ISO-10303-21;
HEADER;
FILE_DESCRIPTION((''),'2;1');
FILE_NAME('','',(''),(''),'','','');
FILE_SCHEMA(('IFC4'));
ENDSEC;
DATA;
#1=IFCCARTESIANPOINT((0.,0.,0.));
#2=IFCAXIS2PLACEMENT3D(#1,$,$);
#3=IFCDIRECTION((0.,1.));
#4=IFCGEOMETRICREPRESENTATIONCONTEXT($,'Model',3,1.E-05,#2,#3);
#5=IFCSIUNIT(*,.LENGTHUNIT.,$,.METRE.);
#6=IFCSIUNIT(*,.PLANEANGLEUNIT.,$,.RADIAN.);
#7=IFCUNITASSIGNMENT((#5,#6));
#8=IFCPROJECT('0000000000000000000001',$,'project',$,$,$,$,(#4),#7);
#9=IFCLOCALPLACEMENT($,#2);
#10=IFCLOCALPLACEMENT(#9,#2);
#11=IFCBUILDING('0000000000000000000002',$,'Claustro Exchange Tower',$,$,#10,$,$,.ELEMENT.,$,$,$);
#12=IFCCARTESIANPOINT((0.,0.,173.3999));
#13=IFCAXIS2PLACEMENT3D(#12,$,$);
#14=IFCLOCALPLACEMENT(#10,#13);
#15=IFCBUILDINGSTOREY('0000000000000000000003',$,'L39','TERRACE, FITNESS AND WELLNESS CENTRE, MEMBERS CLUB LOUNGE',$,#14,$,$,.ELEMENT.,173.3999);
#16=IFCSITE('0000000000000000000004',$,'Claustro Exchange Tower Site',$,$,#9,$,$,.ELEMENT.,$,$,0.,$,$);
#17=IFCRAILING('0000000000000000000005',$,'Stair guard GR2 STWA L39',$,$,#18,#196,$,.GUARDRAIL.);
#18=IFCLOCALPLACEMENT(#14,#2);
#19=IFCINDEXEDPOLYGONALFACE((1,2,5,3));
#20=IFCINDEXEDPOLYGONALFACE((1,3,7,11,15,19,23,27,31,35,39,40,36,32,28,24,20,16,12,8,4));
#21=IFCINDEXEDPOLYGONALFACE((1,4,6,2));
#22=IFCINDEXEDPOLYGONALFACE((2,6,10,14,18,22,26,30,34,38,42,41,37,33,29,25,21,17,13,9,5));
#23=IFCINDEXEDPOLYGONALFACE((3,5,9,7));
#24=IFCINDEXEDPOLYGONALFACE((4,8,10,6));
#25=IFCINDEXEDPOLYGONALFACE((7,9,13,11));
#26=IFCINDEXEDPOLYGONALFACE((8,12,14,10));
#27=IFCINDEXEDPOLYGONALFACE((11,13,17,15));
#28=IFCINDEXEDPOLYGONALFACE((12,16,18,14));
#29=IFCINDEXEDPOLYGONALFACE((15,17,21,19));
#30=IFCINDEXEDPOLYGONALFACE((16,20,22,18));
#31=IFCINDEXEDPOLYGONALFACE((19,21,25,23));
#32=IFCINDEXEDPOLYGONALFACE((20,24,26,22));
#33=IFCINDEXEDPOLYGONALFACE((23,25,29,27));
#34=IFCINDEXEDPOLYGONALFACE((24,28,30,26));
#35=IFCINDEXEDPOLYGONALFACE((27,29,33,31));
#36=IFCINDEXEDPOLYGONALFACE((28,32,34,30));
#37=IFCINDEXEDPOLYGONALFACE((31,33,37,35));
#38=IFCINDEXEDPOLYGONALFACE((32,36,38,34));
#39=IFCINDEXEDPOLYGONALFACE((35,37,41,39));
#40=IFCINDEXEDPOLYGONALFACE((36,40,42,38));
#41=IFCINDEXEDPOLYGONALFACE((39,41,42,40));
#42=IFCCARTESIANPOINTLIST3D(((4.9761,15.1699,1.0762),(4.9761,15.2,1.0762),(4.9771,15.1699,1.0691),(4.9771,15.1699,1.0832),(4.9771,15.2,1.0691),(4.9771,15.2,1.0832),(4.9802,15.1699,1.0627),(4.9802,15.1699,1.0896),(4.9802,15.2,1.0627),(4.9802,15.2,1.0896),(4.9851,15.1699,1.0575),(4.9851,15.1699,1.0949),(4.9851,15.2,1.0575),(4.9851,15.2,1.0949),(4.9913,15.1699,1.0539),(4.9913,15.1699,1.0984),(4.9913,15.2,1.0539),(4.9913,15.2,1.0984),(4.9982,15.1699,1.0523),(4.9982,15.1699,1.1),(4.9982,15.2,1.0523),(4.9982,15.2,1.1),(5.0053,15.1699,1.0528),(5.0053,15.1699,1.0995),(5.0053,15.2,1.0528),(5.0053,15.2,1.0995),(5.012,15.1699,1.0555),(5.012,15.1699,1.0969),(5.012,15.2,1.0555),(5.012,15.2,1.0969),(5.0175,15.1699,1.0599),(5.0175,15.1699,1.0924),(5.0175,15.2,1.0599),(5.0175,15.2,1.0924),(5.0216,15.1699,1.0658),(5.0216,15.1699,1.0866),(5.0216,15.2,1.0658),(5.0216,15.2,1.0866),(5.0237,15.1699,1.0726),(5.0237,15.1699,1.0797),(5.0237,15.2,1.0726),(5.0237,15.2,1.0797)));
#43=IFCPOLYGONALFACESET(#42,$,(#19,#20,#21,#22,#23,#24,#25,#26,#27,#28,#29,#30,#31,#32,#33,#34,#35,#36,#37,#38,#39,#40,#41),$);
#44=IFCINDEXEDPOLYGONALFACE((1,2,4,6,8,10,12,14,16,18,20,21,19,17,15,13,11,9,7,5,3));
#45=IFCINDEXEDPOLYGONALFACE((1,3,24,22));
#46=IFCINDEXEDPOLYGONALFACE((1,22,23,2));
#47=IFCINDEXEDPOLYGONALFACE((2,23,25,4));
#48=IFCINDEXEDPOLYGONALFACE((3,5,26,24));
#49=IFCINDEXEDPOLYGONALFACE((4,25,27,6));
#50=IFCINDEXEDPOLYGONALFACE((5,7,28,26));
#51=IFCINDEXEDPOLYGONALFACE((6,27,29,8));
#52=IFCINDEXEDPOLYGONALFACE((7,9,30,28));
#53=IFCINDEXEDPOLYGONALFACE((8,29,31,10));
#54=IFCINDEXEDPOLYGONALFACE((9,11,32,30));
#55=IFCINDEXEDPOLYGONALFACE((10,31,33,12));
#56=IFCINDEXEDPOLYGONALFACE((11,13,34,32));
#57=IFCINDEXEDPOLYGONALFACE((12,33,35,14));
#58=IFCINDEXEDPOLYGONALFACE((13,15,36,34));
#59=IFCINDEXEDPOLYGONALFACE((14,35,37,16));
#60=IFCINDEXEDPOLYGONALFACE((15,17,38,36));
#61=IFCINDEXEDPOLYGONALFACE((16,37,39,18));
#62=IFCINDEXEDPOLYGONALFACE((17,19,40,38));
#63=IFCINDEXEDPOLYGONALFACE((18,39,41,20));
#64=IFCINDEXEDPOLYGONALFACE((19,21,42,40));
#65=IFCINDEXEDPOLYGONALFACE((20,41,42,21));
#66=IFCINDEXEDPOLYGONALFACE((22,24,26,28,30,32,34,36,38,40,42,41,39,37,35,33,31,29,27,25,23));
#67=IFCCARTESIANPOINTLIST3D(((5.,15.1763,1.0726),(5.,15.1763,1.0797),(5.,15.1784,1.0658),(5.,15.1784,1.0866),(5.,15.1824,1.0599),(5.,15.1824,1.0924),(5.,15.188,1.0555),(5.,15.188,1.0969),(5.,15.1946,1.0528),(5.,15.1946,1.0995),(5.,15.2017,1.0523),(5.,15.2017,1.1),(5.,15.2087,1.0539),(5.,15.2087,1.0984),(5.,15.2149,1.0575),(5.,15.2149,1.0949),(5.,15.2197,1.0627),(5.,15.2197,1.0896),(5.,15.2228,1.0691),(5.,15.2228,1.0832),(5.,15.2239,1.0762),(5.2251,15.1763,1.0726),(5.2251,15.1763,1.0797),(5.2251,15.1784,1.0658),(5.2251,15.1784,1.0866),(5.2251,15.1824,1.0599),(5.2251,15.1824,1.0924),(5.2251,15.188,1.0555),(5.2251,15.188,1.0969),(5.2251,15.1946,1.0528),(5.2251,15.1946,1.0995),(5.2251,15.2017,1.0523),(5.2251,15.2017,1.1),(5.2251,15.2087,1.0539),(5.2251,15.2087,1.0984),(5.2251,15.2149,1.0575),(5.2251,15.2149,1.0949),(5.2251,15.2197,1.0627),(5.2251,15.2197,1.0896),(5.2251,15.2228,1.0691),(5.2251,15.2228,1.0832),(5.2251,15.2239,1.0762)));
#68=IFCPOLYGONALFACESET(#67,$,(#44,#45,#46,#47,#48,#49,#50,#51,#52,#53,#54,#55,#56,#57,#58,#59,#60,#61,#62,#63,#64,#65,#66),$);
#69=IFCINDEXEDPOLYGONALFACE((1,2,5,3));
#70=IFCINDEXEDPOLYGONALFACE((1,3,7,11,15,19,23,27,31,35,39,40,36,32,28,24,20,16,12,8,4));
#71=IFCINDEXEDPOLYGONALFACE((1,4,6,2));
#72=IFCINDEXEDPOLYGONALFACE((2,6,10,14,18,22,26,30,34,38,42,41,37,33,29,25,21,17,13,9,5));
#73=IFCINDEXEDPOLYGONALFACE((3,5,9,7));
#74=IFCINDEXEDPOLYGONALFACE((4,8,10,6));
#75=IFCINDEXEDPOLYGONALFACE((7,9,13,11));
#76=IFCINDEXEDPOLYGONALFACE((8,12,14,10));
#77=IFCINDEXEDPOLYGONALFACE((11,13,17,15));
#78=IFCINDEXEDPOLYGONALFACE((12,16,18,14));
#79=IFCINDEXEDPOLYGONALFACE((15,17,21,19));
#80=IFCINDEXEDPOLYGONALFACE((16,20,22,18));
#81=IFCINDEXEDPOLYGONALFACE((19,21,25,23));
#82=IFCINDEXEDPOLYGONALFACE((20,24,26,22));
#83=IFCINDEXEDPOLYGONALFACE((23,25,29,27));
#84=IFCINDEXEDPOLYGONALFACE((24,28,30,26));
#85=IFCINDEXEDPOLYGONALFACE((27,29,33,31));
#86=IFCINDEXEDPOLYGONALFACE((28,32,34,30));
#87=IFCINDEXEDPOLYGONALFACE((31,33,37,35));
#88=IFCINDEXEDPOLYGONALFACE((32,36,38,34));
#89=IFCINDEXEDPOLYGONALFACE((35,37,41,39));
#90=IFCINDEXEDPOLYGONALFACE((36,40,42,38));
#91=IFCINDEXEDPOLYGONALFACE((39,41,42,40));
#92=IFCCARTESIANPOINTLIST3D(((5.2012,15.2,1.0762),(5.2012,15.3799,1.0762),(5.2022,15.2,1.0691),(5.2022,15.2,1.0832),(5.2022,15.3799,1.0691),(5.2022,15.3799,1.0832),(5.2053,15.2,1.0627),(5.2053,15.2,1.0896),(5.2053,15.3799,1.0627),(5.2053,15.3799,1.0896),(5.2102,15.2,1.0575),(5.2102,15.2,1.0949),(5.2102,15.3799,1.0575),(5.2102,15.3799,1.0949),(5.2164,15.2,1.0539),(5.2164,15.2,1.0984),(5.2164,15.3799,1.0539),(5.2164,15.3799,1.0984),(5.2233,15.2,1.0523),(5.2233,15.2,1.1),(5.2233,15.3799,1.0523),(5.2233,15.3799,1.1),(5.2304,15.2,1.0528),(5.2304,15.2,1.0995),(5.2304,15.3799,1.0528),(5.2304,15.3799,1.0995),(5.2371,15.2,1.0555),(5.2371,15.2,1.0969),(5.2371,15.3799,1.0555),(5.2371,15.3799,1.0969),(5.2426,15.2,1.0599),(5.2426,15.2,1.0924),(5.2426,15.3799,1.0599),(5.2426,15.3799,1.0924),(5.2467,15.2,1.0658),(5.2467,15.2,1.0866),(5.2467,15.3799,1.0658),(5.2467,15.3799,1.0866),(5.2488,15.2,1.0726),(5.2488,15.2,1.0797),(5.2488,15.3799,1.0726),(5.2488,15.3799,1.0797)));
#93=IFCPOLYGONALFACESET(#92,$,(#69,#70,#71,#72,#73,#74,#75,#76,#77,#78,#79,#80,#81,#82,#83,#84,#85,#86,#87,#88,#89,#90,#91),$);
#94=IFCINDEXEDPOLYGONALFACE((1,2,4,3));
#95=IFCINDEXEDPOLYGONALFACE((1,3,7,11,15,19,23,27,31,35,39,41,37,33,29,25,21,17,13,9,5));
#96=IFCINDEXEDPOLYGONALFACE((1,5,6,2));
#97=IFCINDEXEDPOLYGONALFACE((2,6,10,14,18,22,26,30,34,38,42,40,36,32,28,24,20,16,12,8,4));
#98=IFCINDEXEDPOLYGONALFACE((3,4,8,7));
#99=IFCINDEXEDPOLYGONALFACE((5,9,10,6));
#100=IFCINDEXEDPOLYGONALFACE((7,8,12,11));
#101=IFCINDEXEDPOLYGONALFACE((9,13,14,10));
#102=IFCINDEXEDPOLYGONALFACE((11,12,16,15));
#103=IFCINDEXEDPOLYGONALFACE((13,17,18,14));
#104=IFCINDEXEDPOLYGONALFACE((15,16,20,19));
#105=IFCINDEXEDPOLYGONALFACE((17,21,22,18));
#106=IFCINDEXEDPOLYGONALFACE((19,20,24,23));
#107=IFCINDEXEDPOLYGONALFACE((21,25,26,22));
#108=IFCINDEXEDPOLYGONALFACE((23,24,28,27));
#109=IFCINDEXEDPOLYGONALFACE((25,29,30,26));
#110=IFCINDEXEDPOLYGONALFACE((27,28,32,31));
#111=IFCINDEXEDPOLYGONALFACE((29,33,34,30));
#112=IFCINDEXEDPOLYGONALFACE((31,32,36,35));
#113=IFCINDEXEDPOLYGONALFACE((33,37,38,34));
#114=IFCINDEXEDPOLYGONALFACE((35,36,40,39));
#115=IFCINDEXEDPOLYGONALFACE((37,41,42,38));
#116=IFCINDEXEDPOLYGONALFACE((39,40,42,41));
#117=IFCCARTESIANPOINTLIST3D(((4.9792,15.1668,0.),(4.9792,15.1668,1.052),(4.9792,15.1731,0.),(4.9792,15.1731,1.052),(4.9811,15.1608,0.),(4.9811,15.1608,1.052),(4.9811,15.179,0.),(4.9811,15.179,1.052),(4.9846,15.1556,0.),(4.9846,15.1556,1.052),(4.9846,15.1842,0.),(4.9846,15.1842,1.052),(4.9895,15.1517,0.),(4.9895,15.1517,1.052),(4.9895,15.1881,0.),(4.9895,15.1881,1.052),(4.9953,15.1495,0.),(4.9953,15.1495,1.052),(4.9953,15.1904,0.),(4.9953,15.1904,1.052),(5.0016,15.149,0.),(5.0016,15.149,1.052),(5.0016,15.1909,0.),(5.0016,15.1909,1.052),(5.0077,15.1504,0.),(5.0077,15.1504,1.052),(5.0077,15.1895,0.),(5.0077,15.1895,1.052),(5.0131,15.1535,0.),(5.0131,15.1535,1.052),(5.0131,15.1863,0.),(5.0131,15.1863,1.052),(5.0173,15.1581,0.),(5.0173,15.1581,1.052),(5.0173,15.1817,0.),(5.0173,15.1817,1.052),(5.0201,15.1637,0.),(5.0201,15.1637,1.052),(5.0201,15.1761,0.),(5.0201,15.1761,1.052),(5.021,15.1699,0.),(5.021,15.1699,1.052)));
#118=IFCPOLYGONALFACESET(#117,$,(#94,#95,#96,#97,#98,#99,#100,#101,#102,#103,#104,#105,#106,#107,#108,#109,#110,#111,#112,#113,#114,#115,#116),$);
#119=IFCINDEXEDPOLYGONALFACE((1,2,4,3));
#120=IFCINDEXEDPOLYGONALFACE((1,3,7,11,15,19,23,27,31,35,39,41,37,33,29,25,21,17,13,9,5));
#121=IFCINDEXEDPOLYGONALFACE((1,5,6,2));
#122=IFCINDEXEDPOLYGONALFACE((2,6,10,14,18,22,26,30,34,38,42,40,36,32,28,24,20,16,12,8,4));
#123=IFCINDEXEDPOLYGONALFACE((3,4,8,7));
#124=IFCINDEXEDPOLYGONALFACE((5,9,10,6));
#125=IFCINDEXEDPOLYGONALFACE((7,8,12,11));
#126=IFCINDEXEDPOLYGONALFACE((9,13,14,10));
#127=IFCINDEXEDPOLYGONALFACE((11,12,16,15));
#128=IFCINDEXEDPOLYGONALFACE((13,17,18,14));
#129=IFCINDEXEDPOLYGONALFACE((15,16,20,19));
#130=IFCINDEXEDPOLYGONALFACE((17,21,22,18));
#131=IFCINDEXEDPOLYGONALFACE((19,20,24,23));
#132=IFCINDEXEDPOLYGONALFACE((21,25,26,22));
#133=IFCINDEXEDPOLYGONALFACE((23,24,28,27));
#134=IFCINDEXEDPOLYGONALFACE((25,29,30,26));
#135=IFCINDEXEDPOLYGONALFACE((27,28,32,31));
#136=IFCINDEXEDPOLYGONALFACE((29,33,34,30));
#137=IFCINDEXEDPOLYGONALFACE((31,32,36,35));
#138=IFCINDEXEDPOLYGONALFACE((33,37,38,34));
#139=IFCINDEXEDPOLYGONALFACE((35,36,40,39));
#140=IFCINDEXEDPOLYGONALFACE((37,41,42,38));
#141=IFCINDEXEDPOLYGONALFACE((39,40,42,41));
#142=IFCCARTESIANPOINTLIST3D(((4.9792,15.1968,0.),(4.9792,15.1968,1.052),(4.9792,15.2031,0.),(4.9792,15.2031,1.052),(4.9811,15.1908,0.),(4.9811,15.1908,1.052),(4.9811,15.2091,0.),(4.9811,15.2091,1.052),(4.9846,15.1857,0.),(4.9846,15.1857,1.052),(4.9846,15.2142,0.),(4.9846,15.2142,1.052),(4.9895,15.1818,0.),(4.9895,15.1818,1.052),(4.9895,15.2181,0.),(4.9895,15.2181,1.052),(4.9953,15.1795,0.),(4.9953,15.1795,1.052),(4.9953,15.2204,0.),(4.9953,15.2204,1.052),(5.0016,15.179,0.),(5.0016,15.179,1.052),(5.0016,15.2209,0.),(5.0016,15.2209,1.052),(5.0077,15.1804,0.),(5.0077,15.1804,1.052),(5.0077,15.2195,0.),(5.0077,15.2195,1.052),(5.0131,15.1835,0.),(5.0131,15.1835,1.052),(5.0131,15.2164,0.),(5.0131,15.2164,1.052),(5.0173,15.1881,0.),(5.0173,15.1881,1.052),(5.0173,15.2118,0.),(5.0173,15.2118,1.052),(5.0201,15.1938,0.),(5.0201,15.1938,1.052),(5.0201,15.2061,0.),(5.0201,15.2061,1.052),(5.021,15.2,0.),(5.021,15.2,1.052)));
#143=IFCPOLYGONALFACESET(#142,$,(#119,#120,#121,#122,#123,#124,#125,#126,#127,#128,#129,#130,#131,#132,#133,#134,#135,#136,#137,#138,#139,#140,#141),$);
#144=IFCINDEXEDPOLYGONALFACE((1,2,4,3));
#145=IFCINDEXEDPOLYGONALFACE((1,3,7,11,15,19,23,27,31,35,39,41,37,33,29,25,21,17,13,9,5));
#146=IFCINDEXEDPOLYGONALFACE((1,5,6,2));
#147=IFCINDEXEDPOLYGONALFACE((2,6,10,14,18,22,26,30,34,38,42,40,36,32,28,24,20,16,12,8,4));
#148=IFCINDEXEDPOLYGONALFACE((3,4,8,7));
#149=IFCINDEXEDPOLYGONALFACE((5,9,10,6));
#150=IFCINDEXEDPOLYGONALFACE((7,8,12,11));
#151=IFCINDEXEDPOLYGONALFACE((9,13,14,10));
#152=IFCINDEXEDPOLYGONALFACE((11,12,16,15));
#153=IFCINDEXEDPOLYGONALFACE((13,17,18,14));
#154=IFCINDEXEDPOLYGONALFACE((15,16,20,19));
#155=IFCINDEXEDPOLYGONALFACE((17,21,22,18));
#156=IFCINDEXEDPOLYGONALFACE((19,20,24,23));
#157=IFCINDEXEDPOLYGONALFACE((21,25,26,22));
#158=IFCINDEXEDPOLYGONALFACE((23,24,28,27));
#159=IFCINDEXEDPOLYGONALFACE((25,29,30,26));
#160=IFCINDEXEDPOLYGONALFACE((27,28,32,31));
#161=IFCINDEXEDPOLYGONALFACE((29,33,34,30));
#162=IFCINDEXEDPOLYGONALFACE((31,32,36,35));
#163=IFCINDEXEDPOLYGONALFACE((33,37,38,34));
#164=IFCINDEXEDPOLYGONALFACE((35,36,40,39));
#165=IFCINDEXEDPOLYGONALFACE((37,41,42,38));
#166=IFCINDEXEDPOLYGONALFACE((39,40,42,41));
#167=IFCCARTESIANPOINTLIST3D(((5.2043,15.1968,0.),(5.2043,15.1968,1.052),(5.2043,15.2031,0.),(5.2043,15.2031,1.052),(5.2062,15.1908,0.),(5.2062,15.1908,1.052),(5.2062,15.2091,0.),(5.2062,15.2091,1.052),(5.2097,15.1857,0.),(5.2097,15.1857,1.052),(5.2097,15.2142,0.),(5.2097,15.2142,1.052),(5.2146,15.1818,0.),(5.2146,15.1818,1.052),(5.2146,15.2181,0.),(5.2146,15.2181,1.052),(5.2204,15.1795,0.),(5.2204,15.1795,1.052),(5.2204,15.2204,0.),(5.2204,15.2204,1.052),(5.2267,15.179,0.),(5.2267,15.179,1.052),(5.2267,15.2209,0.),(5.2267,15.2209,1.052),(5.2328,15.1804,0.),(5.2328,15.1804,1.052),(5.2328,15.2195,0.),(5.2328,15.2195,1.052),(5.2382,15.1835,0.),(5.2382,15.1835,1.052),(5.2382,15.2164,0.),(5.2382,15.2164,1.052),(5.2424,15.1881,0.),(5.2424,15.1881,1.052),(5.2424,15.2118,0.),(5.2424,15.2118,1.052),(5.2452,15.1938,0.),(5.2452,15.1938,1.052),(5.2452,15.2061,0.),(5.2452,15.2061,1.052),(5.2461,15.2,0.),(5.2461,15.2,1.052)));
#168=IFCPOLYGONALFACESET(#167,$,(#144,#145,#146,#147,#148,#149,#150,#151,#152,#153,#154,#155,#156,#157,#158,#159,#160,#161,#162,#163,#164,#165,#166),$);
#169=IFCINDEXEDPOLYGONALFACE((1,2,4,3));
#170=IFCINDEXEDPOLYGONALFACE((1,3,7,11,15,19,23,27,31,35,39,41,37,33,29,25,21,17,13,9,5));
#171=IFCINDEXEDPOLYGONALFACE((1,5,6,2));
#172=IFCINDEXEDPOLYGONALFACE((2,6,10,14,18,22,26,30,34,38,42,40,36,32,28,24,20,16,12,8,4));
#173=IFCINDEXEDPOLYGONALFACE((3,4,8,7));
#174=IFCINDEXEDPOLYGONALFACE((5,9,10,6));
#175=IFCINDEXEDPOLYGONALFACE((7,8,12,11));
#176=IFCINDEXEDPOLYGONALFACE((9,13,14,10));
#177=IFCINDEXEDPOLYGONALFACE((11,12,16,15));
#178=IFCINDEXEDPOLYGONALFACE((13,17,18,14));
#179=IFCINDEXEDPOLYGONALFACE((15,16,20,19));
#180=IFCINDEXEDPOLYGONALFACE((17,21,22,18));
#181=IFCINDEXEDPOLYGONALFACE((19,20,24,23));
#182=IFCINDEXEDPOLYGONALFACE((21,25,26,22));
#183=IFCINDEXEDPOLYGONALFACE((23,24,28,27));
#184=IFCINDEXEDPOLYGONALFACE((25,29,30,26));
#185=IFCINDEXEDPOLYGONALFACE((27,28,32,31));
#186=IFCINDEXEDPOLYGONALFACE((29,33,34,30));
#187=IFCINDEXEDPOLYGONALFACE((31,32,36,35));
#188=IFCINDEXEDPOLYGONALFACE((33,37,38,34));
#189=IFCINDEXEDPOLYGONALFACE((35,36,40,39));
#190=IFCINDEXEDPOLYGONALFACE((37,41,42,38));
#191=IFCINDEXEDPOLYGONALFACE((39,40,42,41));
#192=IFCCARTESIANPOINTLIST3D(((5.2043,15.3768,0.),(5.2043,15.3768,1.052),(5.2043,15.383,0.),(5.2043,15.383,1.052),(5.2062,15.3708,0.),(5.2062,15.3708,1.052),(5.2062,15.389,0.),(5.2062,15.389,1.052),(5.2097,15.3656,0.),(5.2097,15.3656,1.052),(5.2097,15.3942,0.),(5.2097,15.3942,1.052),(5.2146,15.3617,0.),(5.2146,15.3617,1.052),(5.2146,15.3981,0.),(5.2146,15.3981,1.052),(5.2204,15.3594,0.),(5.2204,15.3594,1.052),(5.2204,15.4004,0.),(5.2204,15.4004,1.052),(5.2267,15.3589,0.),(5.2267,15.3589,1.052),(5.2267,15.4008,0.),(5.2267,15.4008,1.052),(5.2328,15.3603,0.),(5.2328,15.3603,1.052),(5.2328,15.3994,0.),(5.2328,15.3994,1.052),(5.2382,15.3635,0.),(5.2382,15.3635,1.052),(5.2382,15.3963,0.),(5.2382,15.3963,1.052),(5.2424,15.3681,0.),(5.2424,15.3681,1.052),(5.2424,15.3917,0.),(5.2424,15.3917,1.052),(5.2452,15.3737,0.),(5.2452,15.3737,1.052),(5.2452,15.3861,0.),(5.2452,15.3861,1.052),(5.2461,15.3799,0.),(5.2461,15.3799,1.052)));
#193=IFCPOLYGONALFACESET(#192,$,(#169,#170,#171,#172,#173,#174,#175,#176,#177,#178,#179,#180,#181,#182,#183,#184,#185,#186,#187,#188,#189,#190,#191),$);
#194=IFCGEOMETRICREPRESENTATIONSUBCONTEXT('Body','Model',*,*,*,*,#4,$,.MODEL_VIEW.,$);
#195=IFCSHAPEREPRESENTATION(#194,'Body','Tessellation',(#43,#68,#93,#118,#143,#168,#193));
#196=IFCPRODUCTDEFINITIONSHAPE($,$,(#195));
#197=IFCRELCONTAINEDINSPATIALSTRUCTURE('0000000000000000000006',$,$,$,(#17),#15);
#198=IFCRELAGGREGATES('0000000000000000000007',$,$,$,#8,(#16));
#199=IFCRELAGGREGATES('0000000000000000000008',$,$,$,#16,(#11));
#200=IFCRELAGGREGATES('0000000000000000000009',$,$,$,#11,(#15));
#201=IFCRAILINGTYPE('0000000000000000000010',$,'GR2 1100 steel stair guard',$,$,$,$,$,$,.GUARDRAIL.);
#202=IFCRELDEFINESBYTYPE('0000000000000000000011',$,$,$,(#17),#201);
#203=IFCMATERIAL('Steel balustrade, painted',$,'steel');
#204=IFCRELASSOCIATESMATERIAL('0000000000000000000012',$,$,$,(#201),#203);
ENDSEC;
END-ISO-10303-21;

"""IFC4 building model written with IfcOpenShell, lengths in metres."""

from ifc_helpers import new_model, si_unit, direction, frame, origin, origin_2d, place, context, subcontext, project, spatial, circle, extrude, material, type_object, element, save


model = new_model("IFC4")

# Units and contexts
model_context = context("Model", 3, precision=1e-05, world=origin(), true_north=direction((0.0, 1.0)))
body_context = subcontext(model_context, "Body", "Model", "MODEL_VIEW")
ifc_project = project(units=[si_unit("LENGTHUNIT", "METRE"), si_unit("PLANEANGLEUNIT", "RADIAN")], contexts=[model_context])

# Site, building, storey
site_placement = place(None, origin())
site = spatial("IfcSite", under=ifc_project, at=site_placement, Name="Claustro Exchange Tower Site", CompositionType="ELEMENT", RefElevation=0.0)
building_placement = place(site_placement, origin())
building = spatial("IfcBuilding", under=site, at=building_placement, Name="Claustro Exchange Tower", CompositionType="ELEMENT")
storey_placement = place(building_placement, frame((0.0, 0.0, 173.3999)))
storey = spatial("IfcBuildingStorey", under=building, at=storey_placement, Name="L39", Description="TERRACE, FITNESS AND WELLNESS CENTRE, MEMBERS CLUB LOUNGE", CompositionType="ELEMENT", Elevation=173.3999)

# Railing
ifc_material_1 = material(Name="Steel balustrade, painted", Category="steel")
railing_type_1 = type_object("IfcRailingType", Name="GR2 1100 steel stair guard", PredefinedType="GUARDRAIL", material=ifc_material_1)
railing_1_placement = place(storey_placement, frame((5.0, 15.1699, 0.0)))
element("IfcRailing", 1, at=railing_1_placement, inside=storey, type_object=railing_type_1, Name="Stair guard GR2 STWA L39", PredefinedType="GUARDRAIL", context=body_context, shape_type="SweptSolid", body=[
    extrude(circle(Radius=0.0239, at=origin_2d()), frame((0.0, 0.0, 1.0762), z_axis=(0.0, 1.0, 0.0), x_axis=(-1.0, 0.0, 0.0)), (0.0, 0.0, 1.0), 0.03),
    extrude(circle(Radius=0.0239, at=origin_2d()), frame((0.0, 0.03, 1.0762), z_axis=(1.0, 0.0, 0.0), x_axis=(0.0, 1.0, 0.0)), (0.0, 0.0, 1.0), 0.2251),
    extrude(circle(Radius=0.0239, at=origin_2d()), frame((0.2251, 0.03, 1.0762), z_axis=(0.0, 1.0, 0.0), x_axis=(-1.0, 0.0, 0.0)), (0.0, 0.0, 1.0), 0.1799),
    extrude(circle(Radius=0.021, at=origin_2d()), origin(), (0.0, 0.0, 1.0), 1.052),
    extrude(circle(Radius=0.021, at=origin_2d()), frame((0.0, 0.03, 0.0)), (0.0, 0.0, 1.0), 1.052),
    extrude(circle(Radius=0.021, at=origin_2d()), frame((0.2251, 0.03, 0.0)), (0.0, 0.0, 1.0), 1.052),
    extrude(circle(Radius=0.021, at=origin_2d()), frame((0.2251, 0.21, 0.0)), (0.0, 0.0, 1.0), 1.052),
])

save(model, "model.ifc")
